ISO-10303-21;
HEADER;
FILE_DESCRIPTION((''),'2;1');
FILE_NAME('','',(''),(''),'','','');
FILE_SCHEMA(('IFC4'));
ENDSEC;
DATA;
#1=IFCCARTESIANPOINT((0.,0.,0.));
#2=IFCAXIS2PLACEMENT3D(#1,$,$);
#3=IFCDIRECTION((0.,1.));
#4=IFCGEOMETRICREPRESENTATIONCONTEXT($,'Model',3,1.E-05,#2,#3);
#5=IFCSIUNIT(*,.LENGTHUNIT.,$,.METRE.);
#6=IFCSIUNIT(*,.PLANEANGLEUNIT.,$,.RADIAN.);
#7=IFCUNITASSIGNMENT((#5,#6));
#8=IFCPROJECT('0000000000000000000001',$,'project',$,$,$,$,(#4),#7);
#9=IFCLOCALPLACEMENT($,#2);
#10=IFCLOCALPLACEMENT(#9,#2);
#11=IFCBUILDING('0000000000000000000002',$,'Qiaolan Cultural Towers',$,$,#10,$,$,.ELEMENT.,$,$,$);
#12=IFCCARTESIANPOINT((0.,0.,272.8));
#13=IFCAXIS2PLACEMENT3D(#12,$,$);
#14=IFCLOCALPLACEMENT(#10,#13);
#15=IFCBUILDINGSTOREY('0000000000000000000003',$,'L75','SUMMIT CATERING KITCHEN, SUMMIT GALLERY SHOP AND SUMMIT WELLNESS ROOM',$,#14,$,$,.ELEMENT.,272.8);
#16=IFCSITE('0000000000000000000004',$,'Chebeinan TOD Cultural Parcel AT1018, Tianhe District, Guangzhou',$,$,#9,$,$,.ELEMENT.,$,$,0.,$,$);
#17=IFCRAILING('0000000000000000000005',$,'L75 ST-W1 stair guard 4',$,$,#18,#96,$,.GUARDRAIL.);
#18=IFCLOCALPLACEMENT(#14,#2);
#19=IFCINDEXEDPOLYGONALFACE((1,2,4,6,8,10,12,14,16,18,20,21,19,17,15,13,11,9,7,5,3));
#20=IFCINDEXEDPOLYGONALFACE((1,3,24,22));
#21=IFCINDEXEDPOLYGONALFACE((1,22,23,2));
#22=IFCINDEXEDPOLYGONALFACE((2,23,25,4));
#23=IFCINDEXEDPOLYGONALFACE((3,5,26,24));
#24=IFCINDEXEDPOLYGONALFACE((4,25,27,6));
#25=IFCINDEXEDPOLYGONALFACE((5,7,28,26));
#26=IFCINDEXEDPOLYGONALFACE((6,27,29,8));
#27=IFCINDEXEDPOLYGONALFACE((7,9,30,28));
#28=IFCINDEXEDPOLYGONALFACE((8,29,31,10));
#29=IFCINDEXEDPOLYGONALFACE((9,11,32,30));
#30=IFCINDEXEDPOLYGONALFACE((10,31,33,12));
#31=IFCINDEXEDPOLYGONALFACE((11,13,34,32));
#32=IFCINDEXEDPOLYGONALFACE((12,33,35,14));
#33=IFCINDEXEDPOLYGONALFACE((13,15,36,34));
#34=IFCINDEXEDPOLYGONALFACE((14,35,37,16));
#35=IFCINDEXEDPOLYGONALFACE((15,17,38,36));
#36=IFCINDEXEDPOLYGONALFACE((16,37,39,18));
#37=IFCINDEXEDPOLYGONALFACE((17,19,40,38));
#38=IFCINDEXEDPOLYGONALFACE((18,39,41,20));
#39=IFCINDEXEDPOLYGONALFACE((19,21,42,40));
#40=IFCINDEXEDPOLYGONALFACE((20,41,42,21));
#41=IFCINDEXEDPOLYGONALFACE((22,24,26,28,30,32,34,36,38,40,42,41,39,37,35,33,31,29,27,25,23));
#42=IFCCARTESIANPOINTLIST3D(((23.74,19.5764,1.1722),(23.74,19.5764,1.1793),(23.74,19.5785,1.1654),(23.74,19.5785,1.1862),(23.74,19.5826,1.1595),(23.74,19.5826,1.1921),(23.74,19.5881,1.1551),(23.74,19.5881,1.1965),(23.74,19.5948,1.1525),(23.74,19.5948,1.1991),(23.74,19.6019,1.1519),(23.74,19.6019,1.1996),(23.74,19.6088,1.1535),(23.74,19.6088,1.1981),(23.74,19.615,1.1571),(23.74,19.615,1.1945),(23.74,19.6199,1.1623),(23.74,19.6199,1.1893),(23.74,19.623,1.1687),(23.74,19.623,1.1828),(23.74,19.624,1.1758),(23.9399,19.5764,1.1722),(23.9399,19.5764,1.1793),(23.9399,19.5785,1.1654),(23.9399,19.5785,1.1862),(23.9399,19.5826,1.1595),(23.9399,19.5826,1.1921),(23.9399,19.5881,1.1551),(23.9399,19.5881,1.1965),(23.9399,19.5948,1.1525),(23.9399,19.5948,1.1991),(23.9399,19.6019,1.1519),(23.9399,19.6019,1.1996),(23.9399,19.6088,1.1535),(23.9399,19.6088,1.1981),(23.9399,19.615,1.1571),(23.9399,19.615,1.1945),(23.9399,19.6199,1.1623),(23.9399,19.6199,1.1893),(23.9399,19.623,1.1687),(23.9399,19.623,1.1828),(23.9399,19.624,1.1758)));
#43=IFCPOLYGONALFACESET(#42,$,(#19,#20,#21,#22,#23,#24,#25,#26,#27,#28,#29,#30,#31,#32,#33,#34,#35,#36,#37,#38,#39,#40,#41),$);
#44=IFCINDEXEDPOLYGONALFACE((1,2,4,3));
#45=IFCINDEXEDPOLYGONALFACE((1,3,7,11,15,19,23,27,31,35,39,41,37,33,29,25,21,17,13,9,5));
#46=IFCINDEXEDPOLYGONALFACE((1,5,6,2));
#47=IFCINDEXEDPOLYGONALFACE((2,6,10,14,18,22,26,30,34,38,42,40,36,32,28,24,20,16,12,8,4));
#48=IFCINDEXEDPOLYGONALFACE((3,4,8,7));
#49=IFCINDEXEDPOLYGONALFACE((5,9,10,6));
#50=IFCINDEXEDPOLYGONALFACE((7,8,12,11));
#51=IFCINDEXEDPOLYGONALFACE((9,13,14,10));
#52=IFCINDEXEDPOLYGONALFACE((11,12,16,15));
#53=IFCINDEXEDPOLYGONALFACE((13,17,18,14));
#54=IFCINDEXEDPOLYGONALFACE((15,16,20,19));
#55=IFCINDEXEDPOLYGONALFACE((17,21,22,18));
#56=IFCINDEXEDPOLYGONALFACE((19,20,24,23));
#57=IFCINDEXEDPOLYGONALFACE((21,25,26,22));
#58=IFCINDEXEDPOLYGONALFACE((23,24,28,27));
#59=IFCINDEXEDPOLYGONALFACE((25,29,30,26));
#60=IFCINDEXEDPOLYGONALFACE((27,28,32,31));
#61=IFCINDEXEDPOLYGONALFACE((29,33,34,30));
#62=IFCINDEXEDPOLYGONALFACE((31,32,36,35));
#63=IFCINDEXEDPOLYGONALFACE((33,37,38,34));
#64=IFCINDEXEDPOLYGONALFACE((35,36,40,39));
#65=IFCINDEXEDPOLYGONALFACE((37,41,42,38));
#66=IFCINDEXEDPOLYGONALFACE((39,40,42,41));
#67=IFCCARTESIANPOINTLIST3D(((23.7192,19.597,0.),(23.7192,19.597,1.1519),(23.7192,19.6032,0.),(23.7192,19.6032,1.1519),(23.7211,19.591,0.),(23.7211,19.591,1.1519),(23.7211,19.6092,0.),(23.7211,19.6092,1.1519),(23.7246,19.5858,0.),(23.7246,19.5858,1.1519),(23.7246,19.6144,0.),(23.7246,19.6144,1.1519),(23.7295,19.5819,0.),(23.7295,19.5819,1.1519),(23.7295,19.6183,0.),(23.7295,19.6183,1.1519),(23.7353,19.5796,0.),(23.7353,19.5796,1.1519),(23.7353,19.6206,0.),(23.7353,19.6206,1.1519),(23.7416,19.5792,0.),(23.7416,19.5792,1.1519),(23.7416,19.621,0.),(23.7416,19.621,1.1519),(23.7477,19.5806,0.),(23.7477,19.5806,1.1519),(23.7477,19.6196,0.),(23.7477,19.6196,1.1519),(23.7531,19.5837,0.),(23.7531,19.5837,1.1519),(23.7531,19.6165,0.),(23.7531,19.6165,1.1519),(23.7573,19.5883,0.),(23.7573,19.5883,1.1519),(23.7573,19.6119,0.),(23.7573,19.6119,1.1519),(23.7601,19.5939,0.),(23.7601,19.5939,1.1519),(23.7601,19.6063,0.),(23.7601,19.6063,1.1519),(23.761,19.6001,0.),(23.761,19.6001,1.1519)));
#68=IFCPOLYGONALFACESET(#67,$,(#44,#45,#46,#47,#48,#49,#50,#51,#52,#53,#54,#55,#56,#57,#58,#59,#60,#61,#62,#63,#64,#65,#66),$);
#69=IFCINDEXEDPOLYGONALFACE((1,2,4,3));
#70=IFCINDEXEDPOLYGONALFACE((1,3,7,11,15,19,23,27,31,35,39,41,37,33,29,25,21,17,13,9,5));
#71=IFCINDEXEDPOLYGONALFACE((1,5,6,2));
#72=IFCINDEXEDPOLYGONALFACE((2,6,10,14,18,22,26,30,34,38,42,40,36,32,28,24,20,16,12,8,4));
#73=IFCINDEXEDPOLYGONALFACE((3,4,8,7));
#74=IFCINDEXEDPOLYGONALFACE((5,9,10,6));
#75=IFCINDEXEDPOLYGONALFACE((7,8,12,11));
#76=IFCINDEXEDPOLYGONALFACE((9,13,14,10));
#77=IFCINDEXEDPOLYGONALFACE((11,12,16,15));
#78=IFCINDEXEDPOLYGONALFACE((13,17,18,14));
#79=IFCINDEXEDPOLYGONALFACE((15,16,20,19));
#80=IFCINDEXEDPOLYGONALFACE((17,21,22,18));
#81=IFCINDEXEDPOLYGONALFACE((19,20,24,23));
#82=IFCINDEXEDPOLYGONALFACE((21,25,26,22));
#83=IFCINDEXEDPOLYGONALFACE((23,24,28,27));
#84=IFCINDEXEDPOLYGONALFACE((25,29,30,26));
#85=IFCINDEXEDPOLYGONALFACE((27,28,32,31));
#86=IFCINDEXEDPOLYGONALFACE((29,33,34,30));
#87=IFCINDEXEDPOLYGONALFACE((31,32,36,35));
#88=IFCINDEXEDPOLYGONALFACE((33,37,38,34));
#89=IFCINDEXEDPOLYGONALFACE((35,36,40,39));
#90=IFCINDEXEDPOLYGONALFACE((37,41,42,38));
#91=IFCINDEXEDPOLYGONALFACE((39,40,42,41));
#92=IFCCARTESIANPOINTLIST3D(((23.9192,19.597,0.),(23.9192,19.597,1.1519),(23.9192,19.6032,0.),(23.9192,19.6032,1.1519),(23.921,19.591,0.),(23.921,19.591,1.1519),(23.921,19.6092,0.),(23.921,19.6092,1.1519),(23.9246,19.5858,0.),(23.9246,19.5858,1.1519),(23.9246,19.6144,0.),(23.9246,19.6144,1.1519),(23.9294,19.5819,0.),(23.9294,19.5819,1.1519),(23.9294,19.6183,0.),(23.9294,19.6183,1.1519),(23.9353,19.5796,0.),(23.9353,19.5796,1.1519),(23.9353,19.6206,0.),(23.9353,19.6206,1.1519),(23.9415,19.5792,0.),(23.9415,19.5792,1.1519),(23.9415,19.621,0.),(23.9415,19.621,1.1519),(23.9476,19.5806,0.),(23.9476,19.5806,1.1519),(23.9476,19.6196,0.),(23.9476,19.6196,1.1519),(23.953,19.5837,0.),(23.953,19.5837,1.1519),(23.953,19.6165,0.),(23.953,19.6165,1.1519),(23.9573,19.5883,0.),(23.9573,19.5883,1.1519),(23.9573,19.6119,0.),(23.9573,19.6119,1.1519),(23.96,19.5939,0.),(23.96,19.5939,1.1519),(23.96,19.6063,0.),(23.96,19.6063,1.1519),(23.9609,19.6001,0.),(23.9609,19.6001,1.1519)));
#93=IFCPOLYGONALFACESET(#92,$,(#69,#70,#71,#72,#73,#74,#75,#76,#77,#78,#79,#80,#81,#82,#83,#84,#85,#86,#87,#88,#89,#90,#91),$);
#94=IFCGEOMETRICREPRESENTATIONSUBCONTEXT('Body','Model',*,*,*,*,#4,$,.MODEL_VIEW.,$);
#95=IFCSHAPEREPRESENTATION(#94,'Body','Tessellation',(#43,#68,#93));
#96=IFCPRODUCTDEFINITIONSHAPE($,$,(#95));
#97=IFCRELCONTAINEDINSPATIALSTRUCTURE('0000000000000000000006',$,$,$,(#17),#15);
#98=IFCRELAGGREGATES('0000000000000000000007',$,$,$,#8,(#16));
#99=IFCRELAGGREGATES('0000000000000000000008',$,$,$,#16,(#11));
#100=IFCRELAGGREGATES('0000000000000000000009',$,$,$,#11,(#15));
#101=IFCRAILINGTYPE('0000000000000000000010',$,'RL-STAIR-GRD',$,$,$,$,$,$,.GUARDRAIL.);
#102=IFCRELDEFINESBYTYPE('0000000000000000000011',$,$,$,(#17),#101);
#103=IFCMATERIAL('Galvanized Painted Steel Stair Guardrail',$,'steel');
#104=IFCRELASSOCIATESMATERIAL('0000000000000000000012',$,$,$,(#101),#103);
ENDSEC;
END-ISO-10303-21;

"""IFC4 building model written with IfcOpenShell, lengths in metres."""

from ifc_helpers import new_model, si_unit, direction, frame, origin, origin_2d, place, context, subcontext, project, spatial, circle, extrude, material, type_object, element, save


model = new_model("IFC4")

# Units and contexts
model_context = context("Model", 3, precision=1e-05, world=origin(), true_north=direction((0.0, 1.0)))
body_context = subcontext(model_context, "Body", "Model", "MODEL_VIEW")
ifc_project = project(units=[si_unit("LENGTHUNIT", "METRE"), si_unit("PLANEANGLEUNIT", "RADIAN")], contexts=[model_context])

# Site, building, storey
site_placement = place(None, origin())
site = spatial("IfcSite", under=ifc_project, at=site_placement, Name="Chebeinan TOD Cultural Parcel AT1018, Tianhe District, Guangzhou", CompositionType="ELEMENT", RefElevation=0.0)
building_placement = place(site_placement, origin())
building = spatial("IfcBuilding", under=site, at=building_placement, Name="Qiaolan Cultural Towers", CompositionType="ELEMENT")
storey_placement = place(building_placement, frame((0.0, 0.0, 272.8)))
storey = spatial("IfcBuildingStorey", under=building, at=storey_placement, Name="L75", Description="SUMMIT CATERING KITCHEN, SUMMIT GALLERY SHOP AND SUMMIT WELLNESS ROOM", CompositionType="ELEMENT", Elevation=272.8)

# Railing
ifc_material_1 = material(Name="Galvanized Painted Steel Stair Guardrail", Category="steel")
railing_type_1 = type_object("IfcRailingType", Name="RL-STAIR-GRD", PredefinedType="GUARDRAIL", material=ifc_material_1)
railing_1_placement = place(storey_placement, frame((23.74, 19.6001, 0.0)))
element("IfcRailing", 1, at=railing_1_placement, inside=storey, type_object=railing_type_1, Name="L75 ST-W1 stair guard 4", PredefinedType="GUARDRAIL", context=body_context, shape_type="SweptSolid", body=[
    extrude(circle(Radius=0.0239, at=origin_2d()), frame((0.0, 0.0, 1.1758), z_axis=(1.0, 0.0, 0.0), x_axis=(0.0, 1.0, 0.0)), (0.0, 0.0, 1.0), 0.2),
    extrude(circle(Radius=0.021, at=origin_2d()), origin(), (0.0, 0.0, 1.0), 1.1519),
    extrude(circle(Radius=0.021, at=origin_2d()), frame((0.2, 0.0, 0.0)), (0.0, 0.0, 1.0), 1.1519),
])

save(model, "model.ifc")
